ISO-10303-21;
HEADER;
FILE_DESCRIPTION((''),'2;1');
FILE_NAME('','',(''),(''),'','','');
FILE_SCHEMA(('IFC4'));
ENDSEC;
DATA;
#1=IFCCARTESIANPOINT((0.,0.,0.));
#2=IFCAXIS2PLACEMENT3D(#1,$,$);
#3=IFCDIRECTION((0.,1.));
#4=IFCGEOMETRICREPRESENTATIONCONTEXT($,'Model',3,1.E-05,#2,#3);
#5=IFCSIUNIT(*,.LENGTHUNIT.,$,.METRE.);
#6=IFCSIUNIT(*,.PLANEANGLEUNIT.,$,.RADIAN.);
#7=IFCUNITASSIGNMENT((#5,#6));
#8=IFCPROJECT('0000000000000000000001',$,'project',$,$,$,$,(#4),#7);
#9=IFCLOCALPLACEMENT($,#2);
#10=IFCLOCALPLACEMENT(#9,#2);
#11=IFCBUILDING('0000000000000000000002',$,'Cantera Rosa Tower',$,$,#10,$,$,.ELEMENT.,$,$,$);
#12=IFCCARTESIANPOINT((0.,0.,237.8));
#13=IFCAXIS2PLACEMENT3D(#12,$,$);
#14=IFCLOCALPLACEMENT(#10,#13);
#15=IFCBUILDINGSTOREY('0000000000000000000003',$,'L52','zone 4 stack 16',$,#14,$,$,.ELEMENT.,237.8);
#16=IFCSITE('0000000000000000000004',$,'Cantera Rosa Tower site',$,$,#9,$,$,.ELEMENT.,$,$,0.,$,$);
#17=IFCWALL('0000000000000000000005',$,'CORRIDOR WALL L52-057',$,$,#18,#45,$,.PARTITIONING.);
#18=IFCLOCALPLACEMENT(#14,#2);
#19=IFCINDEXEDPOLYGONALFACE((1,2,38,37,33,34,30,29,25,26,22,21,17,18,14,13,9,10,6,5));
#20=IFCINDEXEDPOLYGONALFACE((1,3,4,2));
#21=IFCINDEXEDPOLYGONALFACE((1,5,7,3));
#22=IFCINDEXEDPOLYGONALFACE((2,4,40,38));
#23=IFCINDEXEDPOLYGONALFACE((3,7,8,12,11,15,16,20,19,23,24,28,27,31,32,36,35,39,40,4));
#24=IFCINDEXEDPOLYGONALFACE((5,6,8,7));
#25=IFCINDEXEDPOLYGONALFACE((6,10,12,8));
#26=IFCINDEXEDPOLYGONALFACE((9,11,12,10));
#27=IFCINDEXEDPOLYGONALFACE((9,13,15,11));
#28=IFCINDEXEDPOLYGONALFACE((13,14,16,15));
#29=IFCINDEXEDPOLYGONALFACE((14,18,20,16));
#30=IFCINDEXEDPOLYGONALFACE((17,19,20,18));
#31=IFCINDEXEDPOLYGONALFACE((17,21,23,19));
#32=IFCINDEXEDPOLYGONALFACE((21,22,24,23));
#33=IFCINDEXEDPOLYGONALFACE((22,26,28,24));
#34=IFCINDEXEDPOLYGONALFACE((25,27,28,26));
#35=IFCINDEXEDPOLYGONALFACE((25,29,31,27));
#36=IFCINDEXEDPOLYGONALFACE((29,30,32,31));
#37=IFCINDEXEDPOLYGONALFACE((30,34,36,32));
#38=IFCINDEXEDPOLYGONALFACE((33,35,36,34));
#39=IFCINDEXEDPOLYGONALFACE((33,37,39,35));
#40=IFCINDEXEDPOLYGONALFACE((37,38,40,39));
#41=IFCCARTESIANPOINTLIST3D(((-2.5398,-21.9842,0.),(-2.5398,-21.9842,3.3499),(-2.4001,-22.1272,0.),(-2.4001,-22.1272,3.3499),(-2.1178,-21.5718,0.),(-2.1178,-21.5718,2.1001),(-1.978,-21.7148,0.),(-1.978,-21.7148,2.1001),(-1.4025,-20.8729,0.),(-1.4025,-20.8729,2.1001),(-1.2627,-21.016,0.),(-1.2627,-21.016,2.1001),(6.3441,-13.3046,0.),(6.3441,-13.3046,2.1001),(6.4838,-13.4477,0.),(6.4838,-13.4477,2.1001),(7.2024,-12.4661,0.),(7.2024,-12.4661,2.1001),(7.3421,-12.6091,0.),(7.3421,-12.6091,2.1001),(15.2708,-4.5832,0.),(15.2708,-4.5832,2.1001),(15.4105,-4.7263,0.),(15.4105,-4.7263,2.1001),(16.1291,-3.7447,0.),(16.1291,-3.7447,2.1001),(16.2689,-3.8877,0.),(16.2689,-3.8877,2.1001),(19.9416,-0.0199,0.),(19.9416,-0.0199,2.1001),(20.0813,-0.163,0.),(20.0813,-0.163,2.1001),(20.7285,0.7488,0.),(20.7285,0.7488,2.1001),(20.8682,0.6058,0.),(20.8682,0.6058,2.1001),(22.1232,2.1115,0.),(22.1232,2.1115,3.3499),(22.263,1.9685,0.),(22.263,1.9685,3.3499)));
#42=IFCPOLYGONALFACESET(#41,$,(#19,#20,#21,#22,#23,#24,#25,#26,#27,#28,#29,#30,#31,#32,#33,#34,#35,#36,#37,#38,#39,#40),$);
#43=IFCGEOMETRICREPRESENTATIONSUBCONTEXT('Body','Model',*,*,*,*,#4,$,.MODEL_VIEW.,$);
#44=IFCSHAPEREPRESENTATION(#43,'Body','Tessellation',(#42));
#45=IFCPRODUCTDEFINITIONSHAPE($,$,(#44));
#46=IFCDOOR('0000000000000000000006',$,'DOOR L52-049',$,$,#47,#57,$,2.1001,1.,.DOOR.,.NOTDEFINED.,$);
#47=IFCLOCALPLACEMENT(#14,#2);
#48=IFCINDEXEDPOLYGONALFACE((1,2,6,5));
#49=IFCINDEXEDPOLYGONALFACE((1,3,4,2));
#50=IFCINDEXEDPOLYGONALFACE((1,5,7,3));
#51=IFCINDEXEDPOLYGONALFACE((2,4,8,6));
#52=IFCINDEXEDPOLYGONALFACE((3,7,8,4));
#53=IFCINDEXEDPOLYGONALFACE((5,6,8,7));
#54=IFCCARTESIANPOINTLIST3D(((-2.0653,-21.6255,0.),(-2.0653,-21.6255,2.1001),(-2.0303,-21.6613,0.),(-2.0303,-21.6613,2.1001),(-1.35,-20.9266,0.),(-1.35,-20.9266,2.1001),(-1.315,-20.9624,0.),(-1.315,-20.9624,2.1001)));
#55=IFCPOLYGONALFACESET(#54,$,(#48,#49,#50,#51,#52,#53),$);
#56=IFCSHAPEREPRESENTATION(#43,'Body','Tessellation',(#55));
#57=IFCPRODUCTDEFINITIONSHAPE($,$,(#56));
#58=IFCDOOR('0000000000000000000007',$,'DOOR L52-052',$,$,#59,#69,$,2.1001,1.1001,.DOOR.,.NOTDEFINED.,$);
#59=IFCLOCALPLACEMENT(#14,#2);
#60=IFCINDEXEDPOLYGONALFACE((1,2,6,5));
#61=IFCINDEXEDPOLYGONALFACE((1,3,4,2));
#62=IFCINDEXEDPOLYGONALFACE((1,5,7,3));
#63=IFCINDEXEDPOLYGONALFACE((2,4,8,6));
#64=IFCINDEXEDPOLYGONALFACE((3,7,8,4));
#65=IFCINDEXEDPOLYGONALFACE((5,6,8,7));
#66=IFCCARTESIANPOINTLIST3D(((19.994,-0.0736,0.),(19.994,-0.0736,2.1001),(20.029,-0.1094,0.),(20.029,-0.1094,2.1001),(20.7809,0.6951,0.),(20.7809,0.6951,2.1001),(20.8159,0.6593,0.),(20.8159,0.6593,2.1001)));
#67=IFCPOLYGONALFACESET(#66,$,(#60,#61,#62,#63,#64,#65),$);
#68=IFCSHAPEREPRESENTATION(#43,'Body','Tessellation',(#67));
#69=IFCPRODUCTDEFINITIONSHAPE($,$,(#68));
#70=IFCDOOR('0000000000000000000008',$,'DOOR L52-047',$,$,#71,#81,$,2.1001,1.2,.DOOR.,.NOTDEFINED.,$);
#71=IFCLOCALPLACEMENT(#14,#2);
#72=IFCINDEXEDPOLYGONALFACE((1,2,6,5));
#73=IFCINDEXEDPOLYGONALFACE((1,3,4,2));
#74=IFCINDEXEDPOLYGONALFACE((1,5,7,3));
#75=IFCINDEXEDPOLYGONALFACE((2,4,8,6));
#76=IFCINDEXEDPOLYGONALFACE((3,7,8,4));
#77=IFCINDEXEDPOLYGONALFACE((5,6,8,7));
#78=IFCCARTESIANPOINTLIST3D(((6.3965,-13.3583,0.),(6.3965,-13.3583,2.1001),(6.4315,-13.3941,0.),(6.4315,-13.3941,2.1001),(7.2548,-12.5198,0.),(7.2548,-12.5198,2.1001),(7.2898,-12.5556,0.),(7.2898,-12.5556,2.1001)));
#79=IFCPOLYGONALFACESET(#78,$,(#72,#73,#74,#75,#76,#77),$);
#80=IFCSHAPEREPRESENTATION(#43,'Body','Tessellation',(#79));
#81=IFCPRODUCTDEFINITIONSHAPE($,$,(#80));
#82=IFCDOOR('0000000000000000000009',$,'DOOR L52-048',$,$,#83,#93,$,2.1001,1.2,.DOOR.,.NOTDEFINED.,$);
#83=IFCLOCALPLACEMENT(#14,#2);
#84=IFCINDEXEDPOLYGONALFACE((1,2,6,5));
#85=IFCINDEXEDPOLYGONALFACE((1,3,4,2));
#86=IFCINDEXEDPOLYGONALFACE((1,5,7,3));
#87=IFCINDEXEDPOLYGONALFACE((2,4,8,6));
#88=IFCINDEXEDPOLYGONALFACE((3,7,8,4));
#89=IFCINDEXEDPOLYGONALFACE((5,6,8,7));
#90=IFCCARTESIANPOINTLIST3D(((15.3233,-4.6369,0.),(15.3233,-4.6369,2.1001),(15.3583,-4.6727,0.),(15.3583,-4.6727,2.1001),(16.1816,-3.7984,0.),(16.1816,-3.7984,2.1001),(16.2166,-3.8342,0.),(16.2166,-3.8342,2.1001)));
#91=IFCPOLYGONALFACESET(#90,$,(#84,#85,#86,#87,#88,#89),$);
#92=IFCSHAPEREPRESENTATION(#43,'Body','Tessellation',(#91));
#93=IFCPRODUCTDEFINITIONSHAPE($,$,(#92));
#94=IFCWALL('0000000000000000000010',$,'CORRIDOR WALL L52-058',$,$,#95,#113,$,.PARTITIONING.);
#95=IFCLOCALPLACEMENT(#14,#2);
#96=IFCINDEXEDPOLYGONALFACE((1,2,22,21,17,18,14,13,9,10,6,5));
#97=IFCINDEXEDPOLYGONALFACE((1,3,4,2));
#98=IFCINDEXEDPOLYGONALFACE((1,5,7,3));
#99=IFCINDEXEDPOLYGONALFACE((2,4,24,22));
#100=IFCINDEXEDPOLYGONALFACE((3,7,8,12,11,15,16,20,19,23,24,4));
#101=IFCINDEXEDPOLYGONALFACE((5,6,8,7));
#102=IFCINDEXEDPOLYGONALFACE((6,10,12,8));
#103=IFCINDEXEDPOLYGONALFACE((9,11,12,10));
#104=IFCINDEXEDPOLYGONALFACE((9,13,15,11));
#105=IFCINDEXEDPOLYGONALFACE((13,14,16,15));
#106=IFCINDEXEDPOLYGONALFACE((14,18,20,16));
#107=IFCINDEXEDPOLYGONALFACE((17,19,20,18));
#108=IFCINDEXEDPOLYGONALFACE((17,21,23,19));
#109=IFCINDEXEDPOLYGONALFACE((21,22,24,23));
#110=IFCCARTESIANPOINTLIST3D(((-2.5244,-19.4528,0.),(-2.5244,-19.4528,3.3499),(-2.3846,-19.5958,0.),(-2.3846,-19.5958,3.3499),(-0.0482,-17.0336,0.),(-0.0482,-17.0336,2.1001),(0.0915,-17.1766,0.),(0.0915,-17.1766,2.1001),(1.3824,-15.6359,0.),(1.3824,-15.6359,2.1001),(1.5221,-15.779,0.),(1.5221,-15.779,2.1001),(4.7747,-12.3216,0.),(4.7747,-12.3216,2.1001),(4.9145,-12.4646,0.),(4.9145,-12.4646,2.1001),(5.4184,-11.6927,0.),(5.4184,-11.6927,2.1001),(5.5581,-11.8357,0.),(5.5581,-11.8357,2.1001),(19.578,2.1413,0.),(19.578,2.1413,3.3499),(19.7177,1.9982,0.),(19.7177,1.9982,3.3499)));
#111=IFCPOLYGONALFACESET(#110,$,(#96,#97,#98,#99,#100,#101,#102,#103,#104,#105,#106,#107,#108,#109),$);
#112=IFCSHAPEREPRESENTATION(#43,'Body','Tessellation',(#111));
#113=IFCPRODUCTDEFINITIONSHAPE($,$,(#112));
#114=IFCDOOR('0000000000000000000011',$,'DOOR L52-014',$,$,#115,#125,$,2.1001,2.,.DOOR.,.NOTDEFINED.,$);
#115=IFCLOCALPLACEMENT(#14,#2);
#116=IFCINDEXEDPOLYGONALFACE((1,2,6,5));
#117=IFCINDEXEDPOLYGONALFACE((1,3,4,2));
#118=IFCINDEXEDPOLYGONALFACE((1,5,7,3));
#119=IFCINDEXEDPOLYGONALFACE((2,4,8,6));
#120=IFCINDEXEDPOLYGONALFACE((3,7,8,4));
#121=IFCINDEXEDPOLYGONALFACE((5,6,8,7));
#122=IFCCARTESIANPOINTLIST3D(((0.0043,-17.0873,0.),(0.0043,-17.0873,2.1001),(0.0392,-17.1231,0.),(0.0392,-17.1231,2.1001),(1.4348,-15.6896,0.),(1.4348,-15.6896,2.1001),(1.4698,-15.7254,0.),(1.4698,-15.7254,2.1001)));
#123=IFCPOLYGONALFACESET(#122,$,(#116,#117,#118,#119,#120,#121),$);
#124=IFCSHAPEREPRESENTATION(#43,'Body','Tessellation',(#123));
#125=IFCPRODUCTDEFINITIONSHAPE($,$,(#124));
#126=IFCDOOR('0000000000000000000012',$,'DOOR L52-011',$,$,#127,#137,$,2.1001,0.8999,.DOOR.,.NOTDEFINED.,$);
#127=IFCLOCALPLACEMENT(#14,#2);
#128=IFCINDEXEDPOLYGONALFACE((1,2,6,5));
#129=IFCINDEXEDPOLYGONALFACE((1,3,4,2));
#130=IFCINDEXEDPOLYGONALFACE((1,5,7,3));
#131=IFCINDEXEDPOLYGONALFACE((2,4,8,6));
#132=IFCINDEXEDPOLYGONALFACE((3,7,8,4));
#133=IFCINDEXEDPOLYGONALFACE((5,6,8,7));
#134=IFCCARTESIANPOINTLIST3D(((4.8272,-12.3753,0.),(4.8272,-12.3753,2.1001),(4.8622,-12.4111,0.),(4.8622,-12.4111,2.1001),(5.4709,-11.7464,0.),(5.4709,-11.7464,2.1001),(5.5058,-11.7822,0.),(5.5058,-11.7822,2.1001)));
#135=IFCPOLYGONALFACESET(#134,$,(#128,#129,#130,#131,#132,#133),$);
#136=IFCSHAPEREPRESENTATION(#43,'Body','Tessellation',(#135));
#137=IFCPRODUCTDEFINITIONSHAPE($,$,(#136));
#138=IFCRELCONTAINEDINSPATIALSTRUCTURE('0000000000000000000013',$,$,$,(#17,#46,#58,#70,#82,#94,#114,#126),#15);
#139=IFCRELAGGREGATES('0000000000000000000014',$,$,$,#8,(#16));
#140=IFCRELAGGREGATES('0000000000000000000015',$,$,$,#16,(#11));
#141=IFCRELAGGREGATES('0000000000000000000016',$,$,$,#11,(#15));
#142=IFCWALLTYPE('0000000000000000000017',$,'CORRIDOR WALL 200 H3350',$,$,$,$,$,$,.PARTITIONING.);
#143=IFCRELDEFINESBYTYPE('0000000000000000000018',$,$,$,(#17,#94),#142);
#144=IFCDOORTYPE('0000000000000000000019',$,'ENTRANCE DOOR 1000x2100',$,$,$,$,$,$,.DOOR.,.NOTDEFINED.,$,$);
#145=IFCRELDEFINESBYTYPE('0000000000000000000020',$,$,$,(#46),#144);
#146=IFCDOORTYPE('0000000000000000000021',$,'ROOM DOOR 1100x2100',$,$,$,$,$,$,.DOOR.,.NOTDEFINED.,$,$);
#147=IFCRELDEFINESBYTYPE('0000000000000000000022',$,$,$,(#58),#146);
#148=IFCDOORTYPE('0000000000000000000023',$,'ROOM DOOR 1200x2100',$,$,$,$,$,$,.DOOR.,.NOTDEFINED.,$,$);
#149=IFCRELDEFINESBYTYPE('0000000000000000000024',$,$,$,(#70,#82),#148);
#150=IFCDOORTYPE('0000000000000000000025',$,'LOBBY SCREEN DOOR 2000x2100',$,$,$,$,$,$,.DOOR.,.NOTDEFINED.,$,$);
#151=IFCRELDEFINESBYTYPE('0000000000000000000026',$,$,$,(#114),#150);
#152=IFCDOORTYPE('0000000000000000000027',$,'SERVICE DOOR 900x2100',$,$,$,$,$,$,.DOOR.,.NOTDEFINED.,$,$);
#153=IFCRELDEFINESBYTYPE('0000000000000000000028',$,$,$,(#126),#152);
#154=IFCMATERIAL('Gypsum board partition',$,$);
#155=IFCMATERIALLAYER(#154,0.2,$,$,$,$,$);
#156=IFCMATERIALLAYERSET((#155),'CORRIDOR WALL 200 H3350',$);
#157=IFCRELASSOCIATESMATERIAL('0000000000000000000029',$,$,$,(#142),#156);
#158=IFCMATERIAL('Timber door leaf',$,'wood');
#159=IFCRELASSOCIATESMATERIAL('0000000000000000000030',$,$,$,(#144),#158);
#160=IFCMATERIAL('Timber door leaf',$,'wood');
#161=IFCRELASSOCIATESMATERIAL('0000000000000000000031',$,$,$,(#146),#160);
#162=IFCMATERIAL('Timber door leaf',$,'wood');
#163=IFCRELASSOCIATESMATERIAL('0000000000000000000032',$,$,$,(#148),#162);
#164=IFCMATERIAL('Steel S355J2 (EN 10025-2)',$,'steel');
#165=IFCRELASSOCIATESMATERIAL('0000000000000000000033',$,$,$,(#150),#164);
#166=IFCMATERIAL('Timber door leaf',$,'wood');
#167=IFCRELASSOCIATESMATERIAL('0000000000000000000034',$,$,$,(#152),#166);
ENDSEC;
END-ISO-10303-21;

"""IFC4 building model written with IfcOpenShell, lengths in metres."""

from ifc_helpers import new_model, si_unit, direction, frame, frame_2d, origin, place, context, subcontext, project, spatial, rectangle, extrude, material, layer, layer_set, type_object, element, fill, save


model = new_model("IFC4")

# Units and contexts
model_context = context("Model", 3, precision=1e-05, world=origin(), true_north=direction((0.0, 1.0)))
body_context = subcontext(model_context, "Body", "Model", "MODEL_VIEW")
ifc_project = project(units=[si_unit("LENGTHUNIT", "METRE"), si_unit("PLANEANGLEUNIT", "RADIAN")], contexts=[model_context])

# Site, building, storey
site_placement = place(None, origin())
site = spatial("IfcSite", under=ifc_project, at=site_placement, Name="Cantera Rosa Tower site", CompositionType="ELEMENT", RefElevation=0.0)
building_placement = place(site_placement, origin())
building = spatial("IfcBuilding", under=site, at=building_placement, Name="Cantera Rosa Tower", CompositionType="ELEMENT")
storey_placement = place(building_placement, frame((0.0, 0.0, 237.8)))
storey = spatial("IfcBuildingStorey", under=building, at=storey_placement, Name="L52", Description="zone 4 stack 16", CompositionType="ELEMENT", Elevation=237.8)

# Shared definitions
ifc_material_1 = material(Name="Gypsum board partition")
ifc_layer_1 = layer(ifc_material_1, 0.2)
ifc_layer_set_1 = layer_set([ifc_layer_1], Name="CORRIDOR WALL 200 H3350")
wall_type_1 = type_object("IfcWallType", Name="CORRIDOR WALL 200 H3350", PredefinedType="PARTITIONING", material=ifc_layer_set_1)

# Walls, openings, doors
wall_1_placement = place(storey_placement, frame((-2.47, -22.0557, 0.0), z_axis=(0.0, 0.0, 1.0), x_axis=(0.715287, 0.698831, 0.0)))
wall_1 = element("IfcWall", 1, at=wall_1_placement, inside=storey, type_object=wall_type_1, Name="CORRIDOR WALL L52-057", PredefinedType="PARTITIONING", context=body_context, shape_type="SweptSolid", body=[
    extrude(rectangle(XDim=34.48, YDim=0.2, at=frame_2d((17.24, 0.0))), origin(), (0.0, 0.0, 1.0), 3.3499),
])
opening_1_placement = place(wall_1_placement, frame((12.4199, 0.0, 0.0)))
opening_1 = element("IfcOpeningElement", 2, at=opening_1_placement, cuts=wall_1, PredefinedType="OPENING", context=body_context, shape_type="SweptSolid", body=[
    extrude(rectangle(XDim=1.2, YDim=2.1001, at=frame_2d((0.6001, 1.05))), frame((0.0, 0.1099, 0.0), z_axis=(0.0, -1.0, 0.0), x_axis=(1.0, 0.0, 0.0)), (0.0, 0.0, 1.0), 0.22),
])
opening_2_placement = place(wall_1_placement, frame((24.8999, 0.0, 0.0)))
opening_2 = element("IfcOpeningElement", 3, at=opening_2_placement, cuts=wall_1, PredefinedType="OPENING", context=body_context, shape_type="SweptSolid", body=[
    extrude(rectangle(XDim=1.2, YDim=2.1001, at=frame_2d((0.6001, 1.05))), frame((0.0, 0.1099, 0.0), z_axis=(0.0, -1.0, 0.0), x_axis=(1.0, 0.0, 0.0)), (0.0, 0.0, 1.0), 0.22),
])
opening_3_placement = place(wall_1_placement, frame((0.5901, 0.0, 0.0)))
opening_3 = element("IfcOpeningElement", 4, at=opening_3_placement, cuts=wall_1, PredefinedType="OPENING", context=body_context, shape_type="SweptSolid", body=[
    extrude(rectangle(XDim=1.0, YDim=2.1001, at=frame_2d((0.5, 1.05))), frame((0.0, 0.1099, 0.0), z_axis=(0.0, -1.0, 0.0), x_axis=(1.0, 0.0, 0.0)), (0.0, 0.0, 1.0), 0.22),
])
opening_4_placement = place(wall_1_placement, frame((31.4299, 0.0, 0.0)))
opening_4 = element("IfcOpeningElement", 5, at=opening_4_placement, cuts=wall_1, PredefinedType="OPENING", context=body_context, shape_type="SweptSolid", body=[
    extrude(rectangle(XDim=1.1001, YDim=2.1001, at=frame_2d((0.55, 1.05))), frame((0.0, 0.1099, 0.0), z_axis=(0.0, -1.0, 0.0), x_axis=(1.0, 0.0, 0.0)), (0.0, 0.0, 1.0), 0.22),
])
ifc_material_2 = material(Name="Timber door leaf", Category="wood")
door_type_1 = type_object("IfcDoorType", Name="ENTRANCE DOOR 1000x2100", OperationType="NOTDEFINED", PredefinedType="DOOR", material=ifc_material_2)
door_1_placement = place(opening_3_placement, origin())
door_1 = element("IfcDoor", 6, at=door_1_placement, inside=storey, type_object=door_type_1, Name="DOOR L52-049", OperationType="NOTDEFINED", OverallHeight=2.1001, OverallWidth=1.0, PredefinedType="DOOR", context=body_context, shape_type="SweptSolid", body=[
    extrude(rectangle(XDim=1.0, YDim=2.1001, at=frame_2d((0.5, 1.05))), frame((0.0, 0.0249, 0.0), z_axis=(0.0, -1.0, 0.0), x_axis=(1.0, 0.0, 0.0)), (0.0, 0.0, 1.0), 0.05),
])
fill(opening_3, door_1)
ifc_material_3 = material(Name="Timber door leaf", Category="wood")
door_type_2 = type_object("IfcDoorType", Name="ROOM DOOR 1100x2100", OperationType="NOTDEFINED", PredefinedType="DOOR", material=ifc_material_3)
door_2_placement = place(opening_4_placement, origin())
door_2 = element("IfcDoor", 7, at=door_2_placement, inside=storey, type_object=door_type_2, Name="DOOR L52-052", OperationType="NOTDEFINED", OverallHeight=2.1001, OverallWidth=1.1001, PredefinedType="DOOR", context=body_context, shape_type="SweptSolid", body=[
    extrude(rectangle(XDim=1.1001, YDim=2.1001, at=frame_2d((0.55, 1.05))), frame((0.0, 0.0249, 0.0), z_axis=(0.0, -1.0, 0.0), x_axis=(1.0, 0.0, 0.0)), (0.0, 0.0, 1.0), 0.05),
])
fill(opening_4, door_2)
ifc_material_4 = material(Name="Timber door leaf", Category="wood")
door_type_3 = type_object("IfcDoorType", Name="ROOM DOOR 1200x2100", OperationType="NOTDEFINED", PredefinedType="DOOR", material=ifc_material_4)
door_3_placement = place(opening_1_placement, origin())
door_3 = element("IfcDoor", 8, at=door_3_placement, inside=storey, type_object=door_type_3, Name="DOOR L52-047", OperationType="NOTDEFINED", OverallHeight=2.1001, OverallWidth=1.2, PredefinedType="DOOR", context=body_context, shape_type="SweptSolid", body=[
    extrude(rectangle(XDim=1.2, YDim=2.1001, at=frame_2d((0.6001, 1.05))), frame((0.0, 0.0249, 0.0), z_axis=(0.0, -1.0, 0.0), x_axis=(1.0, 0.0, 0.0)), (0.0, 0.0, 1.0), 0.05),
])
fill(opening_1, door_3)
door_4_placement = place(opening_2_placement, origin())
door_4 = element("IfcDoor", 9, at=door_4_placement, inside=storey, type_object=door_type_3, Name="DOOR L52-048", OperationType="NOTDEFINED", OverallHeight=2.1001, OverallWidth=1.2, PredefinedType="DOOR", context=body_context, shape_type="SweptSolid", body=[
    extrude(rectangle(XDim=1.2, YDim=2.1001, at=frame_2d((0.6001, 1.05))), frame((0.0, 0.0249, 0.0), z_axis=(0.0, -1.0, 0.0), x_axis=(1.0, 0.0, 0.0)), (0.0, 0.0, 1.0), 0.05),
])
fill(opening_2, door_4)
wall_2_placement = place(storey_placement, frame((-2.4546, -19.5244, 0.0), z_axis=(0.0, 0.0, 1.0), x_axis=(0.715284, 0.698834, 0.0)))
wall_2 = element("IfcWall", 10, at=wall_2_placement, inside=storey, type_object=wall_type_1, Name="CORRIDOR WALL L52-058", PredefinedType="PARTITIONING", context=body_context, shape_type="SweptSolid", body=[
    extrude(rectangle(XDim=30.9001, YDim=0.2, at=frame_2d((15.4502, 0.0))), origin(), (0.0, 0.0, 1.0), 3.3499),
])
opening_5_placement = place(wall_2_placement, frame((10.2046, 0.0, 0.0)))
opening_5 = element("IfcOpeningElement", 11, at=opening_5_placement, cuts=wall_2, PredefinedType="OPENING", context=body_context, shape_type="SweptSolid", body=[
    extrude(rectangle(XDim=0.8999, YDim=2.1001, at=frame_2d((0.45, 1.05))), frame((0.0, 0.1099, 0.0), z_axis=(0.0, -1.0, 0.0), x_axis=(1.0, 0.0, 0.0)), (0.0, 0.0, 1.0), 0.22),
])
opening_6_placement = place(wall_2_placement, frame((3.4619, 0.0, 0.0)))
opening_6 = element("IfcOpeningElement", 12, at=opening_6_placement, cuts=wall_2, PredefinedType="OPENING", context=body_context, shape_type="SweptSolid", body=[
    extrude(rectangle(XDim=2.0, YDim=2.1001, at=frame_2d((1.0, 1.05))), frame((0.0, 0.1099, 0.0), z_axis=(0.0, -1.0, 0.0), x_axis=(1.0, 0.0, 0.0)), (0.0, 0.0, 1.0), 0.22),
])
ifc_material_5 = material(Name="Steel S355J2 (EN 10025-2)", Category="steel")
door_type_4 = type_object("IfcDoorType", Name="LOBBY SCREEN DOOR 2000x2100", OperationType="NOTDEFINED", PredefinedType="DOOR", material=ifc_material_5)
door_5_placement = place(opening_6_placement, origin())
door_5 = element("IfcDoor", 13, at=door_5_placement, inside=storey, type_object=door_type_4, Name="DOOR L52-014", OperationType="NOTDEFINED", OverallHeight=2.1001, OverallWidth=2.0, PredefinedType="DOOR", context=body_context, shape_type="SweptSolid", body=[
    extrude(rectangle(XDim=2.0, YDim=2.1001, at=frame_2d((1.0, 1.05))), frame((0.0, 0.0249, 0.0), z_axis=(0.0, -1.0, 0.0), x_axis=(1.0, 0.0, 0.0)), (0.0, 0.0, 1.0), 0.05),
])
fill(opening_6, door_5)
ifc_material_6 = material(Name="Timber door leaf", Category="wood")
door_type_5 = type_object("IfcDoorType", Name="SERVICE DOOR 900x2100", OperationType="NOTDEFINED", PredefinedType="DOOR", material=ifc_material_6)
door_6_placement = place(opening_5_placement, origin())
door_6 = element("IfcDoor", 14, at=door_6_placement, inside=storey, type_object=door_type_5, Name="DOOR L52-011", OperationType="NOTDEFINED", OverallHeight=2.1001, OverallWidth=0.8999, PredefinedType="DOOR", context=body_context, shape_type="SweptSolid", body=[
    extrude(rectangle(XDim=0.8999, YDim=2.1001, at=frame_2d((0.45, 1.05))), frame((0.0, 0.0249, 0.0), z_axis=(0.0, -1.0, 0.0), x_axis=(1.0, 0.0, 0.0)), (0.0, 0.0, 1.0), 0.05),
])
fill(opening_5, door_6)

save(model, "model.ifc")
